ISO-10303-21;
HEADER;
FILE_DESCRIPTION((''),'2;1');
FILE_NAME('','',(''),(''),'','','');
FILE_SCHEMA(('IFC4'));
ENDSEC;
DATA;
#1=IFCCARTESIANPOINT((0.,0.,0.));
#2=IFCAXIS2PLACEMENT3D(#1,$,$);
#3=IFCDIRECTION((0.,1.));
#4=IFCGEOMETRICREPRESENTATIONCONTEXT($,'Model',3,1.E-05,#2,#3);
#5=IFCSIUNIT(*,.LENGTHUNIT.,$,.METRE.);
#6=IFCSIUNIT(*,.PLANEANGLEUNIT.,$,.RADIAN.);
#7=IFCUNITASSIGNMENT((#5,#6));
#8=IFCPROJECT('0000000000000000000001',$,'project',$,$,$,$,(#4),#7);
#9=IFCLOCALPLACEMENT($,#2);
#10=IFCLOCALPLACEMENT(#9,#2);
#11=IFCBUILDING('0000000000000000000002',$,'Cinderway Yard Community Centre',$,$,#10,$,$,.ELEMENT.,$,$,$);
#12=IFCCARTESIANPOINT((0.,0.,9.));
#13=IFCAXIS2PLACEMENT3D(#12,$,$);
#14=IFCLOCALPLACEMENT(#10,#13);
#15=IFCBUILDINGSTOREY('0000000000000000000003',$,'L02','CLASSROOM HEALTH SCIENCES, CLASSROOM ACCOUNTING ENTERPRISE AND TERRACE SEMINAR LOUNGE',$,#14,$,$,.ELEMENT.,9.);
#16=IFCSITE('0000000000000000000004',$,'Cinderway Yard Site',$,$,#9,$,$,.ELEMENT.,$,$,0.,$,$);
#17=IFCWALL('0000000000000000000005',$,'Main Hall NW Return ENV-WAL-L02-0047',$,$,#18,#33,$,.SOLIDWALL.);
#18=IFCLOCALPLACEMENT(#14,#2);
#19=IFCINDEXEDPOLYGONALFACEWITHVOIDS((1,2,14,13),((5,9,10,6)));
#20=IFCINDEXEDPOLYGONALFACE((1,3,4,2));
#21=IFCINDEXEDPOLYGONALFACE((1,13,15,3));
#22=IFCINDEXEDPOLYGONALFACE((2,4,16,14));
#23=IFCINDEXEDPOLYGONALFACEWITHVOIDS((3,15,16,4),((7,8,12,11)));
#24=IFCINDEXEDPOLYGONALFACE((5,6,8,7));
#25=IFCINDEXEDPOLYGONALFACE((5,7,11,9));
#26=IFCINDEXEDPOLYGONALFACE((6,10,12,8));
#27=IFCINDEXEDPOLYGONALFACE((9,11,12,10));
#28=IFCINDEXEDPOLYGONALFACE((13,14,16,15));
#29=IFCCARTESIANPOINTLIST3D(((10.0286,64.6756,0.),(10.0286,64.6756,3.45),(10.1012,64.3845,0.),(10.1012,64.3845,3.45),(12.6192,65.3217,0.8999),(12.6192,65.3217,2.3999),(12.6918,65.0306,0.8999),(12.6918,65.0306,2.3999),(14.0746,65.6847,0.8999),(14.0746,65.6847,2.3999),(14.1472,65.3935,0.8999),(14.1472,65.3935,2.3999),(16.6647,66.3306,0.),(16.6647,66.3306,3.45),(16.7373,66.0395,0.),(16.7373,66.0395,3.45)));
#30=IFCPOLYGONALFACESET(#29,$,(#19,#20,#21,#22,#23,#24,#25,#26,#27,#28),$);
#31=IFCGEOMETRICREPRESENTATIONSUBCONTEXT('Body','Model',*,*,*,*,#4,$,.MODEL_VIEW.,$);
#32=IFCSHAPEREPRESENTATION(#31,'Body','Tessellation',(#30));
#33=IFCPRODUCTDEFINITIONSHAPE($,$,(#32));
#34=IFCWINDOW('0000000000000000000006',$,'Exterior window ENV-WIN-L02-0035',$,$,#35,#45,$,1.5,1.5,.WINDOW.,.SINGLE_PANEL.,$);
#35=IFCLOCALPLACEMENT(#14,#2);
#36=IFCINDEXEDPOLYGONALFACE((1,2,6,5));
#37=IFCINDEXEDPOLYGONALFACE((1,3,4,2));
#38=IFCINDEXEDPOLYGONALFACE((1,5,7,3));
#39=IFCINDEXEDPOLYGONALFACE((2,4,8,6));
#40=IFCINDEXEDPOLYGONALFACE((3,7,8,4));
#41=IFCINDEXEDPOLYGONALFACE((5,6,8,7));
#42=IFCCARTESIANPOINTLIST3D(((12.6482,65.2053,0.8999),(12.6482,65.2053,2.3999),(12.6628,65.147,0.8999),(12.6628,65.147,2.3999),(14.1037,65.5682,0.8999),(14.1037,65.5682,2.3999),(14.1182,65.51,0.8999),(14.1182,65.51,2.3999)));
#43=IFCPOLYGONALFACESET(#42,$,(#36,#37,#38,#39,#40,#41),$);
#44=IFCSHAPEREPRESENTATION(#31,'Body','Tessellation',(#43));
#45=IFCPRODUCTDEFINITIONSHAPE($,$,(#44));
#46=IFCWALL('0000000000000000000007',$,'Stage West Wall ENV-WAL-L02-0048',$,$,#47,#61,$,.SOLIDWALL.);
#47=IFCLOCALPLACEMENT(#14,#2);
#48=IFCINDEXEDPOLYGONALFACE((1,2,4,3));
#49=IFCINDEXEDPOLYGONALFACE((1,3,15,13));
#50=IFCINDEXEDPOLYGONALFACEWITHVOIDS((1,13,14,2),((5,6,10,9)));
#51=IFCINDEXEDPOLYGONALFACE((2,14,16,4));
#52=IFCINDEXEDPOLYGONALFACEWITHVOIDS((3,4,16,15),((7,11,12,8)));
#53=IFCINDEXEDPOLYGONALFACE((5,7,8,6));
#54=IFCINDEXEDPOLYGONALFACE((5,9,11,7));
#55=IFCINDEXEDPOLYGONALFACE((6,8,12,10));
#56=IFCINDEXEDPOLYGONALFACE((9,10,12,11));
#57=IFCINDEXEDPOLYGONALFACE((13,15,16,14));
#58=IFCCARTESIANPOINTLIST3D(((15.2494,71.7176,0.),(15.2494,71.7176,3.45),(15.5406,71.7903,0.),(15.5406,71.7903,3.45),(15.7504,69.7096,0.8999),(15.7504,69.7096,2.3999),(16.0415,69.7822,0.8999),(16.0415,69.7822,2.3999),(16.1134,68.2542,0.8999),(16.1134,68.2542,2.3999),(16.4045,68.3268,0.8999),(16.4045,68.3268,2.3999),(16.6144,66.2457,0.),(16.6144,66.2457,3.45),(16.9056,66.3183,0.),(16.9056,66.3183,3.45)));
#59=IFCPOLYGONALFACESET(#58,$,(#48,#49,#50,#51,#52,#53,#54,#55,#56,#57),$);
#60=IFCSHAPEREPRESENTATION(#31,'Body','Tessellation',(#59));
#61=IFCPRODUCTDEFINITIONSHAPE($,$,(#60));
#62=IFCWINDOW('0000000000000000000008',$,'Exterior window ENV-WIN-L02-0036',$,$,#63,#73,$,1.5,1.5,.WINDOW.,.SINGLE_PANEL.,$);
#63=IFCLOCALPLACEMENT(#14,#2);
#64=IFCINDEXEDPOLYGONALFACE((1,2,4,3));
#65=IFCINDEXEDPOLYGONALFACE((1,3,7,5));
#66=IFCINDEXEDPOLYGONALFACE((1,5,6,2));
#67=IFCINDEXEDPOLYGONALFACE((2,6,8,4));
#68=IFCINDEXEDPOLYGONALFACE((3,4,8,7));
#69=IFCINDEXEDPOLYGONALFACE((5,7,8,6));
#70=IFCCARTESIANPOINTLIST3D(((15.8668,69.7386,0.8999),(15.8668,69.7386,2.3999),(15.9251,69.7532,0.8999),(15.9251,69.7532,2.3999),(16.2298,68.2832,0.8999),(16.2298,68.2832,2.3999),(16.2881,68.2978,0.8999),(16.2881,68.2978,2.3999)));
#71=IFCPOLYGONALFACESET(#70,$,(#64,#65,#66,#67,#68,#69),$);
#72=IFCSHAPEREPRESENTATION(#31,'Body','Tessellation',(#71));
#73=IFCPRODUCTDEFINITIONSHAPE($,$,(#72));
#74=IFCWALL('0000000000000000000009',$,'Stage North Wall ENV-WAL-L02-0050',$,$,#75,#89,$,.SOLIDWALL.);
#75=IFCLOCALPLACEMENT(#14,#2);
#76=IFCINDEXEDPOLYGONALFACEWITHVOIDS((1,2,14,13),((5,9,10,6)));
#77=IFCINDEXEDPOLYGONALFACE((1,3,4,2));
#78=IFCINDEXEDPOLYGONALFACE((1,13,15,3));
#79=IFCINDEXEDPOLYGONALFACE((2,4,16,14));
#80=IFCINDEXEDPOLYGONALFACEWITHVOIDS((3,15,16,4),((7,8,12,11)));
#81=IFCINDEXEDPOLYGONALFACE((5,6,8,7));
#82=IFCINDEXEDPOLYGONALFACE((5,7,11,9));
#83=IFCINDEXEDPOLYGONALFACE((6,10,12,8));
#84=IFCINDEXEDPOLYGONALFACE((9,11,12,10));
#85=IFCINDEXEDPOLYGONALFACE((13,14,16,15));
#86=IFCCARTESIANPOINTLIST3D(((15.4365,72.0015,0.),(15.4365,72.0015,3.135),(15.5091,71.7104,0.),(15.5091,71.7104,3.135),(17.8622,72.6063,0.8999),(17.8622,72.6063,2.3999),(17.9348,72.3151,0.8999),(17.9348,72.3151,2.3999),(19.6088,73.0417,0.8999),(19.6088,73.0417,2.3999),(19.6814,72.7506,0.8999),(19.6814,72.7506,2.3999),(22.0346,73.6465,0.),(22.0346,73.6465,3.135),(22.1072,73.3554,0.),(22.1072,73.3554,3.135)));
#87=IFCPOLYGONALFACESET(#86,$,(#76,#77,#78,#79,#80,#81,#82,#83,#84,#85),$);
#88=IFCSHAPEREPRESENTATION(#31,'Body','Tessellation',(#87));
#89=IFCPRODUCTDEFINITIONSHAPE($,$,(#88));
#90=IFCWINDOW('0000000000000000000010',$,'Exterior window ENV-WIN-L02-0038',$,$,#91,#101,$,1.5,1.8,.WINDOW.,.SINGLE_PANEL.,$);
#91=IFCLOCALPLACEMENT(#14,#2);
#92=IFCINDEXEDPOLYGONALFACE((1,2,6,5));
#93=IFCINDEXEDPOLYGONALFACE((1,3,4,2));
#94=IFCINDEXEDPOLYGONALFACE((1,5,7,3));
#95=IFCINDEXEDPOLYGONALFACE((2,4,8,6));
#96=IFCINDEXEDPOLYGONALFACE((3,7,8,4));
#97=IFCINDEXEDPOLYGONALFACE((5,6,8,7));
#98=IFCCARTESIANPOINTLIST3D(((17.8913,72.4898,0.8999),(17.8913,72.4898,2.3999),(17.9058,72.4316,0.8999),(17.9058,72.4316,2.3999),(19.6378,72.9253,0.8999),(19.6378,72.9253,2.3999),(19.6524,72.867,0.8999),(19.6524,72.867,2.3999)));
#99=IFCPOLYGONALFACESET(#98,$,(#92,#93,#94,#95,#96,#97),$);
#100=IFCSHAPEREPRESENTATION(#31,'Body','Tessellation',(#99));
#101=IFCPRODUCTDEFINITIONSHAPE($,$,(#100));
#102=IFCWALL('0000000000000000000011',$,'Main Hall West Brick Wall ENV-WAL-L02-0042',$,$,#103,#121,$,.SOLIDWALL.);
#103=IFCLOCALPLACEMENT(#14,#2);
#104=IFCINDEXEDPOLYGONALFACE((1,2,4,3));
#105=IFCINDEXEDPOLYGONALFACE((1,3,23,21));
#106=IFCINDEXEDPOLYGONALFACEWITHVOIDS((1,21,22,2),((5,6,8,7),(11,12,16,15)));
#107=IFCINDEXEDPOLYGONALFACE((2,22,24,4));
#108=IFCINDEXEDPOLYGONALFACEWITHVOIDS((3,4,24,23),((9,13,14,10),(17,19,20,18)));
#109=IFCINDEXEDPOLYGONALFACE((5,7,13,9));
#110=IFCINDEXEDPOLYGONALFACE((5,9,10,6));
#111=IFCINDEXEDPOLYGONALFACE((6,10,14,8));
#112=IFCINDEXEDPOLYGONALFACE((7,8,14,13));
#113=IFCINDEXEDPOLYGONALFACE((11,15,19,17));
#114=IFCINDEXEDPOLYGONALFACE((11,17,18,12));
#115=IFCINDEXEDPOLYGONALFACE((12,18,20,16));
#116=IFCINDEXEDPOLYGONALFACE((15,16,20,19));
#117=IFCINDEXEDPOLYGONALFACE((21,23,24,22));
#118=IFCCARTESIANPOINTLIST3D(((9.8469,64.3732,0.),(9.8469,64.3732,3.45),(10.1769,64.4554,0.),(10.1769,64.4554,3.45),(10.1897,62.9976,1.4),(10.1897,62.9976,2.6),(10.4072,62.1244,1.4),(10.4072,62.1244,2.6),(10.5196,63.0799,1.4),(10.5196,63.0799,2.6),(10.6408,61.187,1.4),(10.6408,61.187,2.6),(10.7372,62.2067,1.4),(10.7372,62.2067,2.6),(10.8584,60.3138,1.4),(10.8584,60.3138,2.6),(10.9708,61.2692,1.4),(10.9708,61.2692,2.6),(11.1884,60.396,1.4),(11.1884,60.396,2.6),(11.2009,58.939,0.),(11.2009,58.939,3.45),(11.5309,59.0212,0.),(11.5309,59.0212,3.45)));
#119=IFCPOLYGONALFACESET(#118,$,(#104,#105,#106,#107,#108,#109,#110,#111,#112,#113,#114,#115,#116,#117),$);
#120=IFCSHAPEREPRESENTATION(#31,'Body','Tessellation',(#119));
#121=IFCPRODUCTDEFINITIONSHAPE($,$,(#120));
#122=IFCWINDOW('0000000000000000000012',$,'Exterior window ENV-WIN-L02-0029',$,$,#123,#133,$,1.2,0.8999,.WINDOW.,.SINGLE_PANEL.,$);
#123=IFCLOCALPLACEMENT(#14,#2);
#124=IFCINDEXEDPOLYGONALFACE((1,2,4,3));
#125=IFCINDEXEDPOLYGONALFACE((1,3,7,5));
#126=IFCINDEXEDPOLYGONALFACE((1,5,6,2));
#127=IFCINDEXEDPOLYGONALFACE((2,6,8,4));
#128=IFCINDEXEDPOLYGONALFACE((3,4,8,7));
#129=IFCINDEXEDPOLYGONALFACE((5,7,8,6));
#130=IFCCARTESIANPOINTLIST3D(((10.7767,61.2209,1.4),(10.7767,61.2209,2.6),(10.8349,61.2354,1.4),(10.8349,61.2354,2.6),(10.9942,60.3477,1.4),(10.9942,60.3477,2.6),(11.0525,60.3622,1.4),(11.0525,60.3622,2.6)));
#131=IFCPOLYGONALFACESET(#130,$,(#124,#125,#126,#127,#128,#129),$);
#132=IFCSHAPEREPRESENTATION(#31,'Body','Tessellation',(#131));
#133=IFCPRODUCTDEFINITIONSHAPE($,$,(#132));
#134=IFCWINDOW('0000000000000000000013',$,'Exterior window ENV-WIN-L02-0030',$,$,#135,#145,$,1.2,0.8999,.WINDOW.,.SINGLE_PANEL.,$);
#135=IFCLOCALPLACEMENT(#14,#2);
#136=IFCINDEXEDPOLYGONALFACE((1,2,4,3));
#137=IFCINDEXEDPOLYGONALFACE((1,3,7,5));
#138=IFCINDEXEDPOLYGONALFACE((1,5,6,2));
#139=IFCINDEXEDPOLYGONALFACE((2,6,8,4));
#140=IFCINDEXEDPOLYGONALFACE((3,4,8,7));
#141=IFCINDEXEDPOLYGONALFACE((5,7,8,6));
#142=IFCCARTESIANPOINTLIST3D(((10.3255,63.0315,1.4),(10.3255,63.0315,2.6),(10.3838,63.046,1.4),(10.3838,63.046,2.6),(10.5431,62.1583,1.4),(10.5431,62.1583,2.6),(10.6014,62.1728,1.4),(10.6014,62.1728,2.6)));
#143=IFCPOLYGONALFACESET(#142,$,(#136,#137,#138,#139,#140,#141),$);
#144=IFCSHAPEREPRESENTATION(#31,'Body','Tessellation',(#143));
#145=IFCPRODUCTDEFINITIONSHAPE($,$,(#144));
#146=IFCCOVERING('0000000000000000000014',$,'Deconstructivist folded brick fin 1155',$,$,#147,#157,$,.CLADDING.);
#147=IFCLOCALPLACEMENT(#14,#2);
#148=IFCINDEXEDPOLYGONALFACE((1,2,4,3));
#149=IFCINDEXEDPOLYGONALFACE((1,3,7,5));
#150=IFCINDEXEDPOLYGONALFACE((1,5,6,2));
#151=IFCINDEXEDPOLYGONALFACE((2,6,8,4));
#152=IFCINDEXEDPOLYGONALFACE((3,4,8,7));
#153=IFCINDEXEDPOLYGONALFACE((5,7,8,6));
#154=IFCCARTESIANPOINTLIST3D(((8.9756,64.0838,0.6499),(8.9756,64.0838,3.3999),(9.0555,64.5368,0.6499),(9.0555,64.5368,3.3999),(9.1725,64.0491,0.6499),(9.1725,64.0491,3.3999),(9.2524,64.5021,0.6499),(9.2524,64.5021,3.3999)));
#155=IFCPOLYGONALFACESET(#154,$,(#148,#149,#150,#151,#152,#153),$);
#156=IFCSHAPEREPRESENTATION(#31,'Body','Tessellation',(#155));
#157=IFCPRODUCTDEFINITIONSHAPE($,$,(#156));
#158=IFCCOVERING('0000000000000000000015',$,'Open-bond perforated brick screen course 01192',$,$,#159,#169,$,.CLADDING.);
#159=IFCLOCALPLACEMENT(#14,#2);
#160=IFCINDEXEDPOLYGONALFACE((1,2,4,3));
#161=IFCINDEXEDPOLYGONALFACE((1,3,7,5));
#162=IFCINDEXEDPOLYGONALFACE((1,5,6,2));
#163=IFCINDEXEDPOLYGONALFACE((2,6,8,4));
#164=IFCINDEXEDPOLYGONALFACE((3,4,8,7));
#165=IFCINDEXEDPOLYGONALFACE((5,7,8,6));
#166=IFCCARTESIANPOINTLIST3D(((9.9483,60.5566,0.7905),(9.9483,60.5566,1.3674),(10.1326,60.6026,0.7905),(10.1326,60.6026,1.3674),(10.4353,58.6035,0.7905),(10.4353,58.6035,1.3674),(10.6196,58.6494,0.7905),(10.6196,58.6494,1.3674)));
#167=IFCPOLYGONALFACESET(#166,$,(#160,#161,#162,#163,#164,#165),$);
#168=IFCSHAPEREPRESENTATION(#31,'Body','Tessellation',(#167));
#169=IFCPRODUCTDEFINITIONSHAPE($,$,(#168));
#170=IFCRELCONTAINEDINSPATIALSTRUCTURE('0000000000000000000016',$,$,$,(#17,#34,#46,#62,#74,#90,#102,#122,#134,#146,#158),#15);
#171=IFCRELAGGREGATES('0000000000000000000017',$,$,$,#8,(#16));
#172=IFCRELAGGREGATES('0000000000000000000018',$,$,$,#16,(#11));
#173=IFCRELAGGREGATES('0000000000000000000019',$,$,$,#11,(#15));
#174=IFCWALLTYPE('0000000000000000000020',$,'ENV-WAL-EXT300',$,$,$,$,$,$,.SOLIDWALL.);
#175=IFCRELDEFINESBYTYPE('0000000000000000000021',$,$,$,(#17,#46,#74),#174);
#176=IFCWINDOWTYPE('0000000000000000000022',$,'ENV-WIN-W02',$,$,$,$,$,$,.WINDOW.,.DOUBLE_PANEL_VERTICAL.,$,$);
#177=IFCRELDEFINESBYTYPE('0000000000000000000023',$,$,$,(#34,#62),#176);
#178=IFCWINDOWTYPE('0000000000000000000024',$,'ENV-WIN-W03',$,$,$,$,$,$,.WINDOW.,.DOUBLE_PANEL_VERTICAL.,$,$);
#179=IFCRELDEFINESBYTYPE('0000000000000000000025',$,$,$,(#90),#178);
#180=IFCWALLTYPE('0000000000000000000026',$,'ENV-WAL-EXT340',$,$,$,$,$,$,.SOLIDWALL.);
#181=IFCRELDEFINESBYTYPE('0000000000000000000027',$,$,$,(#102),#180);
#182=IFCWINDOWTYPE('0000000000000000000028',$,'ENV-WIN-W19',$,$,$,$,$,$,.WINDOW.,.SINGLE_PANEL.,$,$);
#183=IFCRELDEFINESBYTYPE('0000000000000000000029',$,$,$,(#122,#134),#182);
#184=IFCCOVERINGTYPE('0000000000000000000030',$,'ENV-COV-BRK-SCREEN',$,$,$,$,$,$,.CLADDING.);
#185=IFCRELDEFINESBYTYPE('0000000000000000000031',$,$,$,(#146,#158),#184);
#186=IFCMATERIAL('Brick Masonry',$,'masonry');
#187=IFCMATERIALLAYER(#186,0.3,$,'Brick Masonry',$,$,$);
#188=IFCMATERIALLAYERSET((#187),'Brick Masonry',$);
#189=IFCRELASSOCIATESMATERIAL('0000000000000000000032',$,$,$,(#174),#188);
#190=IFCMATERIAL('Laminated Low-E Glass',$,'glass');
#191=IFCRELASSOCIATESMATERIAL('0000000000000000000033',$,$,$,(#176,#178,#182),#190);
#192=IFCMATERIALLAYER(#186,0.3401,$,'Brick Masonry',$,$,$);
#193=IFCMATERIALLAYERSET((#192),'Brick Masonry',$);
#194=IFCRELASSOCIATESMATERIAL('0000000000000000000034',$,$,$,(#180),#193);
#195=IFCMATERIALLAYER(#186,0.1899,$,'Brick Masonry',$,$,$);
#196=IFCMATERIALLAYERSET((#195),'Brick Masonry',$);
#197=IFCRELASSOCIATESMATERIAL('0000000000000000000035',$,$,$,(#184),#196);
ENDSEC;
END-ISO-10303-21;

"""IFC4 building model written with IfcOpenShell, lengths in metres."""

from ifc_helpers import new_model, si_unit, direction, frame, frame_2d, origin, origin_2d, place, context, subcontext, project, spatial, rectangle, extrude, material, layer, layer_set, type_object, element, fill, save


model = new_model("IFC4")

# Units and contexts
model_context = context("Model", 3, precision=1e-05, world=origin(), true_north=direction((0.0, 1.0)))
body_context = subcontext(model_context, "Body", "Model", "MODEL_VIEW")
ifc_project = project(units=[si_unit("LENGTHUNIT", "METRE"), si_unit("PLANEANGLEUNIT", "RADIAN")], contexts=[model_context])

# Site, building, storey
site_placement = place(None, origin())
site = spatial("IfcSite", under=ifc_project, at=site_placement, Name="Cinderway Yard Site", CompositionType="ELEMENT", RefElevation=0.0)
building_placement = place(site_placement, origin())
building = spatial("IfcBuilding", under=site, at=building_placement, Name="Cinderway Yard Community Centre", CompositionType="ELEMENT")
storey_placement = place(building_placement, frame((0.0, 0.0, 9.0)))
storey = spatial("IfcBuildingStorey", under=building, at=storey_placement, Name="L02", Description="CLASSROOM HEALTH SCIENCES, CLASSROOM ACCOUNTING ENTERPRISE AND TERRACE SEMINAR LOUNGE", CompositionType="ELEMENT", Elevation=9.0)

# Walls, openings, windows
ifc_material_1 = material(Name="Brick Masonry", Category="masonry")
ifc_layer_1 = layer(ifc_material_1, 0.3, Name="Brick Masonry")
ifc_layer_set_1 = layer_set([ifc_layer_1], Name="Brick Masonry")
wall_type_1 = type_object("IfcWallType", Name="ENV-WAL-EXT300", PredefinedType="SOLIDWALL", material=ifc_layer_set_1)
wall_1_placement = place(storey_placement, frame((10.0649, 64.53, 0.0), z_axis=(0.0, 0.0, 1.0), x_axis=(0.970279, 0.24199, 0.0)))
wall_1 = element("IfcWall", 1, at=wall_1_placement, inside=storey, type_object=wall_type_1, Name="Main Hall NW Return ENV-WAL-L02-0047", PredefinedType="SOLIDWALL", context=body_context, shape_type="SweptSolid", body=[
    extrude(rectangle(XDim=6.8394, YDim=0.3, at=frame_2d((3.4197, 0.0))), origin(), (0.0, 0.0, 1.0), 3.45),
])
opening_1_placement = place(wall_1_placement, frame((2.6699, 0.0, 0.8999)))
opening_1 = element("IfcOpeningElement", 2, at=opening_1_placement, cuts=wall_1, PredefinedType="OPENING", context=body_context, shape_type="SweptSolid", body=[
    extrude(rectangle(XDim=1.5, YDim=1.5, at=frame_2d((0.75, 0.75))), frame((0.0, 0.1599, 0.0), z_axis=(0.0, -1.0, 0.0), x_axis=(1.0, 0.0, 0.0)), (0.0, 0.0, 1.0), 0.3201),
])
ifc_material_2 = material(Name="Laminated Low-E Glass", Category="glass")
window_type_1 = type_object("IfcWindowType", Name="ENV-WIN-W02", PartitioningType="DOUBLE_PANEL_VERTICAL", PredefinedType="WINDOW", material=ifc_material_2)
window_1_placement = place(opening_1_placement, origin())
window_1 = element("IfcWindow", 3, at=window_1_placement, inside=storey, type_object=window_type_1, Name="Exterior window ENV-WIN-L02-0035", OverallHeight=1.5, OverallWidth=1.5, PartitioningType="SINGLE_PANEL", PredefinedType="WINDOW", context=body_context, shape_type="SweptSolid", body=[
    extrude(rectangle(XDim=1.5, YDim=1.5, at=frame_2d((0.75, 0.75))), frame((0.0, 0.03, 0.0), z_axis=(0.0, -1.0, 0.0), x_axis=(1.0, 0.0, 0.0)), (0.0, 0.0, 1.0), 0.0601),
])
fill(opening_1, window_1)
wall_2_placement = place(storey_placement, frame((16.76, 66.282, 0.0), z_axis=(0.0, 0.0, 1.0), x_axis=(-0.242036, 0.970267, 0.0)))
wall_2 = element("IfcWall", 4, at=wall_2_placement, inside=storey, type_object=wall_type_1, Name="Stage West Wall ENV-WAL-L02-0048", PredefinedType="SOLIDWALL", context=body_context, shape_type="SweptSolid", body=[
    extrude(rectangle(XDim=5.6396, YDim=0.3, at=frame_2d((2.8198, 0.0))), origin(), (0.0, 0.0, 1.0), 3.45),
])
opening_2_placement = place(wall_2_placement, frame((2.0701, 0.0, 0.8999)))
opening_2 = element("IfcOpeningElement", 5, at=opening_2_placement, cuts=wall_2, PredefinedType="OPENING", context=body_context, shape_type="SweptSolid", body=[
    extrude(rectangle(XDim=1.5, YDim=1.5, at=frame_2d((0.75, 0.75))), frame((0.0, 0.1599, 0.0), z_axis=(0.0, -1.0, 0.0), x_axis=(1.0, 0.0, 0.0)), (0.0, 0.0, 1.0), 0.3201),
])
window_2_placement = place(opening_2_placement, origin())
window_2 = element("IfcWindow", 6, at=window_2_placement, inside=storey, type_object=window_type_1, Name="Exterior window ENV-WIN-L02-0036", OverallHeight=1.5, OverallWidth=1.5, PartitioningType="SINGLE_PANEL", PredefinedType="WINDOW", context=body_context, shape_type="SweptSolid", body=[
    extrude(rectangle(XDim=1.5, YDim=1.5, at=frame_2d((0.75, 0.75))), frame((0.0, 0.03, 0.0), z_axis=(0.0, -1.0, 0.0), x_axis=(1.0, 0.0, 0.0)), (0.0, 0.0, 1.0), 0.0601),
])
fill(opening_2, window_2)
wall_3_placement = place(storey_placement, frame((15.4729, 71.856, 0.0), z_axis=(0.0, 0.0, 1.0), x_axis=(0.970299, 0.24191, 0.0)))
wall_3 = element("IfcWall", 7, at=wall_3_placement, inside=storey, type_object=wall_type_1, Name="Stage North Wall ENV-WAL-L02-0050", PredefinedType="SOLIDWALL", context=body_context, shape_type="SweptSolid", body=[
    extrude(rectangle(XDim=6.8, YDim=0.3, at=frame_2d((3.3999, 0.0))), origin(), (0.0, 0.0, 1.0), 3.135),
])
opening_3_placement = place(wall_3_placement, frame((2.5, 0.0, 0.8999)))
opening_3 = element("IfcOpeningElement", 8, at=opening_3_placement, cuts=wall_3, PredefinedType="OPENING", context=body_context, shape_type="SweptSolid", body=[
    extrude(rectangle(XDim=1.8, YDim=1.5, at=frame_2d((0.8999, 0.75))), frame((0.0, 0.1599, 0.0), z_axis=(0.0, -1.0, 0.0), x_axis=(1.0, 0.0, 0.0)), (0.0, 0.0, 1.0), 0.3201),
])
window_type_2 = type_object("IfcWindowType", Name="ENV-WIN-W03", PartitioningType="DOUBLE_PANEL_VERTICAL", PredefinedType="WINDOW", material=ifc_material_2)
window_3_placement = place(opening_3_placement, origin())
window_3 = element("IfcWindow", 9, at=window_3_placement, inside=storey, type_object=window_type_2, Name="Exterior window ENV-WIN-L02-0038", OverallHeight=1.5, OverallWidth=1.8, PartitioningType="SINGLE_PANEL", PredefinedType="WINDOW", context=body_context, shape_type="SweptSolid", body=[
    extrude(rectangle(XDim=1.8, YDim=1.5, at=frame_2d((0.8999, 0.75))), frame((0.0, 0.03, 0.0), z_axis=(0.0, -1.0, 0.0), x_axis=(1.0, 0.0, 0.0)), (0.0, 0.0, 1.0), 0.0601),
])
fill(opening_3, window_3)

# Wall, openings, windows
ifc_layer_2 = layer(ifc_material_1, 0.3401, Name="Brick Masonry")
ifc_layer_set_2 = layer_set([ifc_layer_2], Name="Brick Masonry")
wall_type_2 = type_object("IfcWallType", Name="ENV-WAL-EXT340", PredefinedType="SOLIDWALL", material=ifc_layer_set_2)
wall_4_placement = place(storey_placement, frame((11.366, 58.98, 0.0), z_axis=(0.0, 0.0, 1.0), x_axis=(-0.241776, 0.970332, 0.0)))
wall_4 = element("IfcWall", 10, at=wall_4_placement, inside=storey, type_object=wall_type_2, Name="Main Hall West Brick Wall ENV-WAL-L02-0042", PredefinedType="SOLIDWALL", context=body_context, shape_type="SweptSolid", body=[
    extrude(rectangle(XDim=5.6003, YDim=0.3401, at=frame_2d((2.8003, 0.0))), origin(), (0.0, 0.0, 1.0), 3.45),
])
opening_4_placement = place(wall_4_placement, frame((1.417, 0.0, 1.3999)))
opening_4 = element("IfcOpeningElement", 11, at=opening_4_placement, cuts=wall_4, PredefinedType="OPENING", context=body_context, shape_type="SweptSolid", body=[
    extrude(rectangle(XDim=0.8999, YDim=1.2, at=frame_2d((0.45, 0.6001))), frame((0.0, 0.1799, 0.0), z_axis=(0.0, -1.0, 0.0), x_axis=(1.0, 0.0, 0.0)), (0.0, 0.0, 1.0), 0.3601),
])
opening_5_placement = place(wall_4_placement, frame((3.283, 0.0, 1.3999)))
opening_5 = element("IfcOpeningElement", 12, at=opening_5_placement, cuts=wall_4, PredefinedType="OPENING", context=body_context, shape_type="SweptSolid", body=[
    extrude(rectangle(XDim=0.8999, YDim=1.2, at=frame_2d((0.45, 0.6001))), frame((0.0, 0.1799, 0.0), z_axis=(0.0, -1.0, 0.0), x_axis=(1.0, 0.0, 0.0)), (0.0, 0.0, 1.0), 0.3601),
])
window_type_3 = type_object("IfcWindowType", Name="ENV-WIN-W19", PartitioningType="SINGLE_PANEL", PredefinedType="WINDOW", material=ifc_material_2)
window_4_placement = place(opening_4_placement, origin())
window_4 = element("IfcWindow", 13, at=window_4_placement, inside=storey, type_object=window_type_3, Name="Exterior window ENV-WIN-L02-0029", OverallHeight=1.2, OverallWidth=0.8999, PartitioningType="SINGLE_PANEL", PredefinedType="WINDOW", context=body_context, shape_type="SweptSolid", body=[
    extrude(rectangle(XDim=0.8999, YDim=1.2, at=frame_2d((0.45, 0.6001))), frame((0.0, 0.03, 0.0), z_axis=(0.0, -1.0, 0.0), x_axis=(1.0, 0.0, 0.0)), (0.0, 0.0, 1.0), 0.0601),
])
fill(opening_4, window_4)
window_5_placement = place(opening_5_placement, origin())
window_5 = element("IfcWindow", 14, at=window_5_placement, inside=storey, type_object=window_type_3, Name="Exterior window ENV-WIN-L02-0030", OverallHeight=1.2, OverallWidth=0.8999, PartitioningType="SINGLE_PANEL", PredefinedType="WINDOW", context=body_context, shape_type="SweptSolid", body=[
    extrude(rectangle(XDim=0.8999, YDim=1.2, at=frame_2d((0.45, 0.6001))), frame((0.0, 0.03, 0.0), z_axis=(0.0, -1.0, 0.0), x_axis=(1.0, 0.0, 0.0)), (0.0, 0.0, 1.0), 0.0601),
])
fill(opening_5, window_5)

# Coverings
ifc_layer_3 = layer(ifc_material_1, 0.1899, Name="Brick Masonry")
ifc_layer_set_3 = layer_set([ifc_layer_3], Name="Brick Masonry")
covering_type = type_object("IfcCoveringType", Name="ENV-COV-BRK-SCREEN", PredefinedType="CLADDING", material=ifc_layer_set_3)
covering_placement = place(storey_placement, frame((9.114, 64.293, 0.6499), z_axis=(0.0, 0.0, 1.0), x_axis=(0.173648, 0.984808, 0.0)))
element("IfcCovering", 15, at=covering_placement, inside=storey, type_object=covering_type, Name="Deconstructivist folded brick fin 1155", PredefinedType="CLADDING", context=body_context, shape_type="SweptSolid", body=[
    extrude(rectangle(XDim=0.46, YDim=0.2, at=origin_2d()), origin(), (0.0, 0.0, 1.0), 2.75),
])
for number, where, z_axis, x_axis, name in (
    (16, (10.2839, 59.603, 0.7905), (0.0, 0.0, 1.0), (-0.241922, 0.970296, 0.0), "Open-bond perforated brick screen course 01192"),
):
    element("IfcCovering", number, at=place(storey_placement, frame(where, z_axis=z_axis, x_axis=x_axis)), inside=storey, type_object=covering_type, Name=name, PredefinedType="CLADDING", context=body_context, shape_type="SweptSolid", body=[
        extrude(rectangle(XDim=2.0129, YDim=0.1899, at=origin_2d()), origin(), (0.0, 0.0, 1.0), 0.5769),
    ])

save(model, "model.ifc")
